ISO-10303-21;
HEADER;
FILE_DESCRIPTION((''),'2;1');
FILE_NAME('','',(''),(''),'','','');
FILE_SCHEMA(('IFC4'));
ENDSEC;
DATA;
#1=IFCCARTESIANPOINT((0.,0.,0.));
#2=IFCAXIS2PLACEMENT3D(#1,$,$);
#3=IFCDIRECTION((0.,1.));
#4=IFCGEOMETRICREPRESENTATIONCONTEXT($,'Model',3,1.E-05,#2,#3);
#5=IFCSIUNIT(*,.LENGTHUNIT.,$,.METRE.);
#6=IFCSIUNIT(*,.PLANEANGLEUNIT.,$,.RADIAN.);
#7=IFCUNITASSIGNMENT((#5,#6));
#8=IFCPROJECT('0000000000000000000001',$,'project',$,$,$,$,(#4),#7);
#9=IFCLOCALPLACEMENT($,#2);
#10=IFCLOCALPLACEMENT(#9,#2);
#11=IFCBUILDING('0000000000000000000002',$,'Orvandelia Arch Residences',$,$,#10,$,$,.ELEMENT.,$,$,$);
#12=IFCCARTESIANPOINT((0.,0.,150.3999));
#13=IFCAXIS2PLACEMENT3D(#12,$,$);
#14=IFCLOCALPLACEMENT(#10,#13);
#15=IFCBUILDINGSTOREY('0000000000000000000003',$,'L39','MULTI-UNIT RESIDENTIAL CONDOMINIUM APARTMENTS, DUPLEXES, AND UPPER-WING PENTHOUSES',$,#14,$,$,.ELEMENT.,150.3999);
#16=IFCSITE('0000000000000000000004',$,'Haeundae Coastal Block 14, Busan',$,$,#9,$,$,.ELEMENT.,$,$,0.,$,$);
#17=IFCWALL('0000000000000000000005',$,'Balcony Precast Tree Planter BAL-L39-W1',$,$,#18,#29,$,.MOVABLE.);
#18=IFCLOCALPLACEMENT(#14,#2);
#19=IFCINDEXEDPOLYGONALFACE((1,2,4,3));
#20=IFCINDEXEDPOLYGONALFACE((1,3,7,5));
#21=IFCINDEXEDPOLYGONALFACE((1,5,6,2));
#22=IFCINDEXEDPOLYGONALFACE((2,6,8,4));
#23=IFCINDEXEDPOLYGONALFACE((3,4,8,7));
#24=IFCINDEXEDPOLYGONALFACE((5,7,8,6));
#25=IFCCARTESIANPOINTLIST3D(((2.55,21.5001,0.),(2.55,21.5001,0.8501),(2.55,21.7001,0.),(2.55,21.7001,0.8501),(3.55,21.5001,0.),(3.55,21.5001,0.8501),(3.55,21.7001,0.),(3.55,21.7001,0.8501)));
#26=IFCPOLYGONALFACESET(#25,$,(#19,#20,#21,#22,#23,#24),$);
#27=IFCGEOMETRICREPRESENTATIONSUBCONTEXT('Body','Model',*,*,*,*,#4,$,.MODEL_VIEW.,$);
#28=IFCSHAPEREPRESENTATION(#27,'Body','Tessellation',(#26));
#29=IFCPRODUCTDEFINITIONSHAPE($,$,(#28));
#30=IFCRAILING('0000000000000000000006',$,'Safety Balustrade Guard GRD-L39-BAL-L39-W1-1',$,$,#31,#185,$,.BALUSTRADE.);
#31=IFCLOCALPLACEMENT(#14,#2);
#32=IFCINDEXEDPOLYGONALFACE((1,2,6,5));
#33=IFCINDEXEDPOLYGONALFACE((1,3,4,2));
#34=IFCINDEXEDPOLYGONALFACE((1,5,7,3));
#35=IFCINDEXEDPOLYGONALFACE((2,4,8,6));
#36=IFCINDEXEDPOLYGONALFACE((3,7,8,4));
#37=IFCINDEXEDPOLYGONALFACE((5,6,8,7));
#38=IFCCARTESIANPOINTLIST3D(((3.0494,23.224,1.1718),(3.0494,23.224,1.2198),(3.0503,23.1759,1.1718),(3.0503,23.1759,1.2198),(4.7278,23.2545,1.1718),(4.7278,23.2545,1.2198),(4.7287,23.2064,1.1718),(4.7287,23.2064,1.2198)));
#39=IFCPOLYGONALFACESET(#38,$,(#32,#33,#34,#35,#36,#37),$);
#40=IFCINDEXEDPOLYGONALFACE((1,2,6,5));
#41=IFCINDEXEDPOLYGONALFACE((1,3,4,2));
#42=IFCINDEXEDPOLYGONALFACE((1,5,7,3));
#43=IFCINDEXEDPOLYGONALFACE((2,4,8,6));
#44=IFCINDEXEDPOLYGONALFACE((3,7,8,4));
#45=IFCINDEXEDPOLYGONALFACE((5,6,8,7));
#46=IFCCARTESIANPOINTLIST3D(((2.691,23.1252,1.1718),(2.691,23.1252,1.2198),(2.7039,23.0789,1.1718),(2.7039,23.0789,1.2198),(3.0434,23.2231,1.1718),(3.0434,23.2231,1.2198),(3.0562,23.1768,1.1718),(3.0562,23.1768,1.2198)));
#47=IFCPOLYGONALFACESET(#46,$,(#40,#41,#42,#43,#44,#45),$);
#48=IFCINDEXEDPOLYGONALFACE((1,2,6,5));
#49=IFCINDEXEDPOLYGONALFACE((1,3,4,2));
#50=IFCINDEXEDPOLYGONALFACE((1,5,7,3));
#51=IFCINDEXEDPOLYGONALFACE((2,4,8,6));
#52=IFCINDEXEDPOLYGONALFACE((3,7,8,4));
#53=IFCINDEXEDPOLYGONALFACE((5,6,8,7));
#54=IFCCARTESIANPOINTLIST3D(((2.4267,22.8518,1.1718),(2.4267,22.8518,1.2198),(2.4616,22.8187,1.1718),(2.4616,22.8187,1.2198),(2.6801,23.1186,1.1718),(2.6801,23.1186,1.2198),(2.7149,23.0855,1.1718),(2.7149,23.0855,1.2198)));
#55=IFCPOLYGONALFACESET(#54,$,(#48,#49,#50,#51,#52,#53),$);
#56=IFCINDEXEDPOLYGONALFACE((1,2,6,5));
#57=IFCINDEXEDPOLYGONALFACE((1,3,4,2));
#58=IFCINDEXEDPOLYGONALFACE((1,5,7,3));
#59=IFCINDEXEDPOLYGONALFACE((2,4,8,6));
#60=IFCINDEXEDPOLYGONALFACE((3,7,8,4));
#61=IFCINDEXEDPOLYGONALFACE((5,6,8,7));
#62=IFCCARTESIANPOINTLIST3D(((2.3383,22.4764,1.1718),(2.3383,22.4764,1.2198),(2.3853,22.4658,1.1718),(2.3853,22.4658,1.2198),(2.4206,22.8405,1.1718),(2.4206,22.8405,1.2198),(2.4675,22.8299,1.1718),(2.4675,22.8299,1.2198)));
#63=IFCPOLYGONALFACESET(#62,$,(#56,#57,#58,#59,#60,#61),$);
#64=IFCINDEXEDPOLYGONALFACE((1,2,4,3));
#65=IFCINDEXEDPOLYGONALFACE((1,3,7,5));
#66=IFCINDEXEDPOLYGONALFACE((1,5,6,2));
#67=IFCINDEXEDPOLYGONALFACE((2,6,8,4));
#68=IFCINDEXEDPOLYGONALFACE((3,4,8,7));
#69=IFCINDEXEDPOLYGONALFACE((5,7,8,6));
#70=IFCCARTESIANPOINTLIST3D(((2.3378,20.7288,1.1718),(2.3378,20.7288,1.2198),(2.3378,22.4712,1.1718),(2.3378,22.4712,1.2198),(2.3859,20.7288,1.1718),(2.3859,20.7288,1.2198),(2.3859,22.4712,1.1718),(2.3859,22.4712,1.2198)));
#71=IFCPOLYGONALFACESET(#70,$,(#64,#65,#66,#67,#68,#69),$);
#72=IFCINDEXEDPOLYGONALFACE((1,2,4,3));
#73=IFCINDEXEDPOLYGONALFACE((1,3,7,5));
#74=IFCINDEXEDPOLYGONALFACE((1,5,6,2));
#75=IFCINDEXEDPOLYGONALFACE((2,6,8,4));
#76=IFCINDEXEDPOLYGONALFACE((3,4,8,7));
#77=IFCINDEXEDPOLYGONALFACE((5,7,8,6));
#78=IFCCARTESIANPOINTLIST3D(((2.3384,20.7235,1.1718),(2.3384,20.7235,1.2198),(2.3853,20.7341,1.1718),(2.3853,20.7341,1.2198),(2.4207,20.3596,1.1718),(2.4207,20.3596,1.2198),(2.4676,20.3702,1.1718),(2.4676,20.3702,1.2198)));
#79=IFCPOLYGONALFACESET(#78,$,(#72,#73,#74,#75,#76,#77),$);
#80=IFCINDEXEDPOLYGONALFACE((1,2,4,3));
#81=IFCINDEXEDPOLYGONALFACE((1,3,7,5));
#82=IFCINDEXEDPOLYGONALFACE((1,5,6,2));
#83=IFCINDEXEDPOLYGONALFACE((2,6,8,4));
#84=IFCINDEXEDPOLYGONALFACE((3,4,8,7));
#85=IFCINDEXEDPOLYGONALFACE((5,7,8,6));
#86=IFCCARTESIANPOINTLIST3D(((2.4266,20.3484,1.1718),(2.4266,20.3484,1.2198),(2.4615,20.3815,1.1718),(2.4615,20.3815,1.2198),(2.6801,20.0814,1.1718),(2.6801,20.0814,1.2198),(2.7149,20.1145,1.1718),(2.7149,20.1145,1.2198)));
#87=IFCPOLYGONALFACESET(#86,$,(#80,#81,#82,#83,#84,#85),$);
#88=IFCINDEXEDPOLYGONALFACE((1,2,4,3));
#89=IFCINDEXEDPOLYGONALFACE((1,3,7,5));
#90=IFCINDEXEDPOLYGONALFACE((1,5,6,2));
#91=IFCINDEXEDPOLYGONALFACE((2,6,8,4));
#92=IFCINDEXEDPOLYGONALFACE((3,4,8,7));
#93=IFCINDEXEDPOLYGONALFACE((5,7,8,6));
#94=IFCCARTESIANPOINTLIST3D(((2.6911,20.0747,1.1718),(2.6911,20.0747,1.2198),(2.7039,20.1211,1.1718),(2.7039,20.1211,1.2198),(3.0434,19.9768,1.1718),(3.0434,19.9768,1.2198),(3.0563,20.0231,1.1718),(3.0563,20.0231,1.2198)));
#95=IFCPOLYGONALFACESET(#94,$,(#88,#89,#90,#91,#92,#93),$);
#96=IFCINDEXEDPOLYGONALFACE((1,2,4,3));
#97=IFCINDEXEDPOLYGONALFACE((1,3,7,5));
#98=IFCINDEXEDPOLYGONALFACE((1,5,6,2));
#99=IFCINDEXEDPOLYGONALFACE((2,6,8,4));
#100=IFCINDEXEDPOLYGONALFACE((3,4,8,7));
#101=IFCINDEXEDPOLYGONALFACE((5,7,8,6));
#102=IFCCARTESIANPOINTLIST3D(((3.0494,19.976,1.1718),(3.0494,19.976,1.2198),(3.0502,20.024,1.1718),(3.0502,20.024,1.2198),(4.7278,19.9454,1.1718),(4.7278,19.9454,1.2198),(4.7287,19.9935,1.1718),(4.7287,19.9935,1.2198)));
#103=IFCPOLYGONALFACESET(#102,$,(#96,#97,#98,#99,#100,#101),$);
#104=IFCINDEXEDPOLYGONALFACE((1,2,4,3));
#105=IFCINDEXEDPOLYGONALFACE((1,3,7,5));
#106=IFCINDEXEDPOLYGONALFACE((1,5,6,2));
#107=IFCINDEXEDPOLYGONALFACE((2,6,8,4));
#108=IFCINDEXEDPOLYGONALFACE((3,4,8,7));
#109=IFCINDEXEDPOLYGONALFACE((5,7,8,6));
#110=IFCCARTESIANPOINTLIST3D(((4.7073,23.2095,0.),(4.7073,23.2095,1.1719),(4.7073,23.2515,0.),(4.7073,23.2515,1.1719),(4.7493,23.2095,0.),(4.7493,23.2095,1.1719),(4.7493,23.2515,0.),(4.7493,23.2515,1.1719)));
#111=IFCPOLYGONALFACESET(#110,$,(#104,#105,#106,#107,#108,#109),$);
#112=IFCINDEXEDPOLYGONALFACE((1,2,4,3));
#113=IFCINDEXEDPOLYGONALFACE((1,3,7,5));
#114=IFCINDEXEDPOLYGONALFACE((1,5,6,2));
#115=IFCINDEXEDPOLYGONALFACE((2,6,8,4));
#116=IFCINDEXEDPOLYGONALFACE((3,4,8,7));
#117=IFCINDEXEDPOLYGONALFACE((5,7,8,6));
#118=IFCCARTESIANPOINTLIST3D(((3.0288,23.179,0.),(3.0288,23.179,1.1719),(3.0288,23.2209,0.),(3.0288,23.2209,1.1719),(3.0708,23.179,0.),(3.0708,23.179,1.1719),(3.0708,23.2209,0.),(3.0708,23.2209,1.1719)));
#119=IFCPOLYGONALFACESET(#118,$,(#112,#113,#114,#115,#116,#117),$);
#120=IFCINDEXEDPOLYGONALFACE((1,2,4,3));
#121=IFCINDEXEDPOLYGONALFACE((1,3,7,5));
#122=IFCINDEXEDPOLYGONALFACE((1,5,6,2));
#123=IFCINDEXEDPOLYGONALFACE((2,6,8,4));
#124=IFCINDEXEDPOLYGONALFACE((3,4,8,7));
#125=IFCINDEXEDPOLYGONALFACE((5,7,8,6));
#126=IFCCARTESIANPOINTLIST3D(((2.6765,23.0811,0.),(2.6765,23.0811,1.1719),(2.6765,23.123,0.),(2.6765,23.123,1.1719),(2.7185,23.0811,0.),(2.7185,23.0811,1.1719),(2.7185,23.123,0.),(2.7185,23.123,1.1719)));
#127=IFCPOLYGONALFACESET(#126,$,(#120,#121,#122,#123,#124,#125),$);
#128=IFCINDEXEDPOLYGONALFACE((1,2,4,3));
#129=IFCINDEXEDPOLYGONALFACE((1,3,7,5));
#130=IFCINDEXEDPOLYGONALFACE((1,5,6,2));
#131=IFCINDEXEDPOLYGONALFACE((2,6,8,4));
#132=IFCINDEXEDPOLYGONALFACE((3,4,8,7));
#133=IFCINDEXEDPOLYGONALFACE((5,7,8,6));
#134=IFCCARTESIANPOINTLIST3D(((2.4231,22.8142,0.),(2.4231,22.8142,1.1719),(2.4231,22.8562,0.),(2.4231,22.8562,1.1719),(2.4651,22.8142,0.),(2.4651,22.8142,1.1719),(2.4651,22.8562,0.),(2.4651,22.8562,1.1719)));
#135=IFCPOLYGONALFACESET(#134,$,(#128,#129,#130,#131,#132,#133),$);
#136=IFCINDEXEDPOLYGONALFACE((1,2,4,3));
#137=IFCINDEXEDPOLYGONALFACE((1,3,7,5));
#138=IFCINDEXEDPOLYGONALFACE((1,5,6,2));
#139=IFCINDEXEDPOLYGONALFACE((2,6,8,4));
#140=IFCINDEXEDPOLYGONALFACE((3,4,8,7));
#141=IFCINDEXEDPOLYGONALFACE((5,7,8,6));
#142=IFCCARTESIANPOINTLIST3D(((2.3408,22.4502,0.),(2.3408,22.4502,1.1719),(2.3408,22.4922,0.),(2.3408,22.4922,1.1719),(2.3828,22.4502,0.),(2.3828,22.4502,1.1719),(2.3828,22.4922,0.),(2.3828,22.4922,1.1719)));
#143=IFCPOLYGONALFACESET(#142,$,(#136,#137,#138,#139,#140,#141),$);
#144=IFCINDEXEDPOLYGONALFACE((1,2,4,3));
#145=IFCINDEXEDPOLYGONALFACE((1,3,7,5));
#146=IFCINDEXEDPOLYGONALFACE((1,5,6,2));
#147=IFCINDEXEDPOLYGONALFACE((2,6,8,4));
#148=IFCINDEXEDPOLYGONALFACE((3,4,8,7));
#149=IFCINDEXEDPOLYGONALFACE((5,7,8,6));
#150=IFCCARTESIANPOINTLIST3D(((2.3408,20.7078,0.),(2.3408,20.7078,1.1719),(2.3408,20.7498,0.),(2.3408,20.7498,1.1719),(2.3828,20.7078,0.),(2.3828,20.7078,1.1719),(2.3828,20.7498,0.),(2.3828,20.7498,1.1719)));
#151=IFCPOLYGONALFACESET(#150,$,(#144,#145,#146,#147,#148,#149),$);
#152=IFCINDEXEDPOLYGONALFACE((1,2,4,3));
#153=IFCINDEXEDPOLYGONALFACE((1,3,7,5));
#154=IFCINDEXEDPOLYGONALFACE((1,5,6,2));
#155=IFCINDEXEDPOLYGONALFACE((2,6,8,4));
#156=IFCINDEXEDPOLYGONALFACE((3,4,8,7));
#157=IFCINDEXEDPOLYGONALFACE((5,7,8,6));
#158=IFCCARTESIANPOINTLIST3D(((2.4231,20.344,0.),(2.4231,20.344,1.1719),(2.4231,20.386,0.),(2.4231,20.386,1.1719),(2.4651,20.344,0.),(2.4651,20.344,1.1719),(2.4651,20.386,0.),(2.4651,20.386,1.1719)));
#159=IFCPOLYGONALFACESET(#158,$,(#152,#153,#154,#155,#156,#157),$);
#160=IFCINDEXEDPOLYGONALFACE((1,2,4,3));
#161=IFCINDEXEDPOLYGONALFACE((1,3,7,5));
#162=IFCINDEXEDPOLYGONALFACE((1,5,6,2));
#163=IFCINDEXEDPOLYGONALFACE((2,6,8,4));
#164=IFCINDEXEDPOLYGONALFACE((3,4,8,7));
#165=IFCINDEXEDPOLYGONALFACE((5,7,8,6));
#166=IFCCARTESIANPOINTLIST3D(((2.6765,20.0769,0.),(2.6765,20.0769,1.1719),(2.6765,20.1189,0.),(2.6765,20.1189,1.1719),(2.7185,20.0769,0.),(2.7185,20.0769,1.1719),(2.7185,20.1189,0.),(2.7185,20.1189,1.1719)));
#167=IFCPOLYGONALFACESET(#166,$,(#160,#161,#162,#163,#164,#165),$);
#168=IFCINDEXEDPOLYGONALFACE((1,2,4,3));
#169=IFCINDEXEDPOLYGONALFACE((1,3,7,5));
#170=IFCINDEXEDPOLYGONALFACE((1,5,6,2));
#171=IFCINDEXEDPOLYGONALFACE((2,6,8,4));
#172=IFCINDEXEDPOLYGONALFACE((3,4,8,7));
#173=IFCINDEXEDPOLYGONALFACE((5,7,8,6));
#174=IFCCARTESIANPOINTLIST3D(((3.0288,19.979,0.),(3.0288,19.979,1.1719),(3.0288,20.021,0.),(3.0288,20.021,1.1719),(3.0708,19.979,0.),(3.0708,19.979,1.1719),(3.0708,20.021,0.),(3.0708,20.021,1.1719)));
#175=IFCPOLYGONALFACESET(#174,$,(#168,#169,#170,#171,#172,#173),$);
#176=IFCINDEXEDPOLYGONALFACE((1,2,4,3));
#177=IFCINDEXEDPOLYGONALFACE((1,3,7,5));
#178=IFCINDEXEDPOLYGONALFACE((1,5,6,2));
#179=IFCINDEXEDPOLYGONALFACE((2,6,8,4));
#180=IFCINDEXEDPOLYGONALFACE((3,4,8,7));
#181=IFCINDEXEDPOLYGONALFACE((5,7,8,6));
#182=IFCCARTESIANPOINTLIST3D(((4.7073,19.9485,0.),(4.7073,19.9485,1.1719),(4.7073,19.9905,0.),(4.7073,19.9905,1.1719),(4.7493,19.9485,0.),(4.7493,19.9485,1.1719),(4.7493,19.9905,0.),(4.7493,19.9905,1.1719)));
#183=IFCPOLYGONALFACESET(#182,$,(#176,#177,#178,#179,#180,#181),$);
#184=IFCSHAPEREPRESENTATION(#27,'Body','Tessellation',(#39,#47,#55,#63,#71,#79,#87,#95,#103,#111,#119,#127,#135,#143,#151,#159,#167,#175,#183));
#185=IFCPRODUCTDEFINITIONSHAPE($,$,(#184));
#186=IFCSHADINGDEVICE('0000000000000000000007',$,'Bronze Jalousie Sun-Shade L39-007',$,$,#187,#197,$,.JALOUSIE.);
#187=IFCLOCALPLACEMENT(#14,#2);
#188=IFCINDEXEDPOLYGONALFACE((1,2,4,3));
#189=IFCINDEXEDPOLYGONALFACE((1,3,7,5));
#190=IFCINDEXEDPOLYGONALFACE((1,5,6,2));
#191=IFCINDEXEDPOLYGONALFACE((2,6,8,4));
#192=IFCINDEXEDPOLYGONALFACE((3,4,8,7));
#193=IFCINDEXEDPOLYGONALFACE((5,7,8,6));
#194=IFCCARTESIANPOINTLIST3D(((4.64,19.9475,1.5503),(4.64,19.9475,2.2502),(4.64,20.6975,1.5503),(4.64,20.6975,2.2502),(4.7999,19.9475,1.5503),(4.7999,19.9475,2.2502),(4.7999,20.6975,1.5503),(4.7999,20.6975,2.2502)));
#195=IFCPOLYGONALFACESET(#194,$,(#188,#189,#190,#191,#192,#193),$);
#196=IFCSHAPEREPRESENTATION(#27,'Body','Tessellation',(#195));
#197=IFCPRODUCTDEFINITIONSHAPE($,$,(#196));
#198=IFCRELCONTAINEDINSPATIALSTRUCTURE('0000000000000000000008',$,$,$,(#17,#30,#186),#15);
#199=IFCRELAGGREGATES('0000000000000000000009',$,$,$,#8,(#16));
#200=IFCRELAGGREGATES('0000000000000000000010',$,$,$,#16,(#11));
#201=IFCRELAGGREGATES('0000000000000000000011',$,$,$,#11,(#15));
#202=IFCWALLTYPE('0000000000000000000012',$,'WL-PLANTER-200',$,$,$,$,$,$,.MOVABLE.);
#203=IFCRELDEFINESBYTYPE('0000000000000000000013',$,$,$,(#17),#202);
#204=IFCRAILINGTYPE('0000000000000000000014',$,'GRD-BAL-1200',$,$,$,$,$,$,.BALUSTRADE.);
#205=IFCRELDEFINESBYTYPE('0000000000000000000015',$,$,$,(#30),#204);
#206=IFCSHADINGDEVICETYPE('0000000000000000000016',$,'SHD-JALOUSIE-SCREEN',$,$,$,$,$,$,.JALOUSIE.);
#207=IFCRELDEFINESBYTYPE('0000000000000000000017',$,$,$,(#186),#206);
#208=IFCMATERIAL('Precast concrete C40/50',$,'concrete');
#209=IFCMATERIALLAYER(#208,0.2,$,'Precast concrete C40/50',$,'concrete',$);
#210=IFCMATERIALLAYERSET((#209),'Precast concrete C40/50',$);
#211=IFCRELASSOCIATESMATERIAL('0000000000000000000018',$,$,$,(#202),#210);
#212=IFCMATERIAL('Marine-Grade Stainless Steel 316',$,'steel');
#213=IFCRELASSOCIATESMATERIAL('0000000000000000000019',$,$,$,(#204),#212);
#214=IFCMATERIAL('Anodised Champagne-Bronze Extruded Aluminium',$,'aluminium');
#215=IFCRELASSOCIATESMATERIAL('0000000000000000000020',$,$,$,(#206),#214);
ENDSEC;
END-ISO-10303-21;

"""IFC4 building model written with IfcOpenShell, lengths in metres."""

from ifc_helpers import new_model, si_unit, direction, frame, frame_2d, origin, origin_2d, place, context, subcontext, project, spatial, rectangle, extrude, material, layer, layer_set, type_object, element, save


model = new_model("IFC4")

# Units and contexts
model_context = context("Model", 3, precision=1e-05, world=origin(), true_north=direction((0.0, 1.0)))
body_context = subcontext(model_context, "Body", "Model", "MODEL_VIEW")
ifc_project = project(units=[si_unit("LENGTHUNIT", "METRE"), si_unit("PLANEANGLEUNIT", "RADIAN")], contexts=[model_context])

# Site, building, storey
site_placement = place(None, origin())
site = spatial("IfcSite", under=ifc_project, at=site_placement, Name="Haeundae Coastal Block 14, Busan", CompositionType="ELEMENT", RefElevation=0.0)
building_placement = place(site_placement, origin())
building = spatial("IfcBuilding", under=site, at=building_placement, Name="Orvandelia Arch Residences", CompositionType="ELEMENT")
storey_placement = place(building_placement, frame((0.0, 0.0, 150.3999)))
storey = spatial("IfcBuildingStorey", under=building, at=storey_placement, Name="L39", Description="MULTI-UNIT RESIDENTIAL CONDOMINIUM APARTMENTS, DUPLEXES, AND UPPER-WING PENTHOUSES", CompositionType="ELEMENT", Elevation=150.3999)

# Wall
ifc_material_1 = material(Name="Precast concrete C40/50", Category="concrete")
ifc_layer_1 = layer(ifc_material_1, 0.2, Name="Precast concrete C40/50", Category="concrete")
ifc_layer_set_1 = layer_set([ifc_layer_1], Name="Precast concrete C40/50")
wall_type_1 = type_object("IfcWallType", Name="WL-PLANTER-200", PredefinedType="MOVABLE", material=ifc_layer_set_1)
wall_1_placement = place(storey_placement, frame((2.55, 21.6001, 0.0), z_axis=(0.0, 0.0, 1.0), x_axis=(1.0, 0.0, 0.0)))
element("IfcWall", 1, at=wall_1_placement, inside=storey, type_object=wall_type_1, Name="Balcony Precast Tree Planter BAL-L39-W1", PredefinedType="MOVABLE", context=body_context, shape_type="SweptSolid", body=[
    extrude(rectangle(XDim=1.0, YDim=0.2, at=frame_2d((0.5, 0.0))), origin(), (0.0, 0.0, 1.0), 0.8501),
])

# Railing
ifc_material_2 = material(Name="Marine-Grade Stainless Steel 316", Category="steel")
railing_type = type_object("IfcRailingType", Name="GRD-BAL-1200", PredefinedType="BALUSTRADE", material=ifc_material_2)
railing_placement = place(storey_placement, frame((4.7283, 23.2305, 0.0)))
element("IfcRailing", 2, at=railing_placement, inside=storey, type_object=railing_type, Name="Safety Balustrade Guard GRD-L39-BAL-L39-W1-1", PredefinedType="BALUSTRADE", context=body_context, shape_type="SweptSolid", body=[
    extrude(rectangle(XDim=0.0481, YDim=0.0481, at=origin_2d()), frame((0.0, 0.0, 1.1958), z_axis=(-0.999835, -0.018179, 0.0), x_axis=(0.018179, -0.999835, 0.0)), (0.0, 0.0, 1.0), 1.6787),
    extrude(rectangle(XDim=0.0481, YDim=0.0481, at=origin_2d()), frame((-1.6785, -0.0305, 1.1958), z_axis=(-0.963489, -0.267747, 0.0), x_axis=(0.267747, -0.963489, 0.0)), (0.0, 0.0, 1.0), 0.3657),
    extrude(rectangle(XDim=0.0481, YDim=0.0481, at=origin_2d()), frame((-2.0308, -0.1284, 1.1958), z_axis=(-0.688627, -0.725115, 0.0), x_axis=(0.725115, -0.688627, 0.0)), (0.0, 0.0, 1.0), 0.3679),
    extrude(rectangle(XDim=0.0481, YDim=0.0481, at=origin_2d()), frame((-2.2842, -0.3953, 1.1958), z_axis=(-0.220462, -0.975396, 0.0), x_axis=(0.975396, -0.220462, 0.0)), (0.0, 0.0, 1.0), 0.3733),
    extrude(rectangle(XDim=0.0481, YDim=0.0481, at=origin_2d()), frame((-2.3665, -0.7593, 1.1958), z_axis=(0.0, -1.0, 0.0), x_axis=(1.0, 0.0, 0.0)), (0.0, 0.0, 1.0), 1.7424),
    extrude(rectangle(XDim=0.0481, YDim=0.0481, at=origin_2d()), frame((-2.3665, -2.5017, 1.1958), z_axis=(0.220602, -0.975364, 0.0), x_axis=(0.975364, 0.220602, 0.0)), (0.0, 0.0, 1.0), 0.373),
    extrude(rectangle(XDim=0.0481, YDim=0.0481, at=origin_2d()), frame((-2.2842, -2.8655, 1.1958), z_axis=(0.688296, -0.72543, 0.0), x_axis=(0.72543, 0.688296, 0.0)), (0.0, 0.0, 1.0), 0.3682),
    extrude(rectangle(XDim=0.0481, YDim=0.0481, at=origin_2d()), frame((-2.0308, -3.1326, 1.1958), z_axis=(0.963489, -0.267747, 0.0), x_axis=(0.267747, 0.963489, 0.0)), (0.0, 0.0, 1.0), 0.3657),
    extrude(rectangle(XDim=0.0481, YDim=0.0481, at=origin_2d()), frame((-1.6785, -3.2305, 1.1958), z_axis=(0.999835, -0.018179, 0.0), x_axis=(0.018179, 0.999835, 0.0)), (0.0, 0.0, 1.0), 1.6787),
    extrude(rectangle(XDim=0.042, YDim=0.042, at=origin_2d()), origin(), (0.0, 0.0, 1.0), 1.1719),
    extrude(rectangle(XDim=0.042, YDim=0.042, at=origin_2d()), frame((-1.6785, -0.0305, 0.0)), (0.0, 0.0, 1.0), 1.1719),
    extrude(rectangle(XDim=0.042, YDim=0.042, at=origin_2d()), frame((-2.0308, -0.1284, 0.0)), (0.0, 0.0, 1.0), 1.1719),
    extrude(rectangle(XDim=0.042, YDim=0.042, at=origin_2d()), frame((-2.2842, -0.3953, 0.0)), (0.0, 0.0, 1.0), 1.1719),
    extrude(rectangle(XDim=0.042, YDim=0.042, at=origin_2d()), frame((-2.3665, -0.7593, 0.0)), (0.0, 0.0, 1.0), 1.1719),
    extrude(rectangle(XDim=0.042, YDim=0.042, at=origin_2d()), frame((-2.3665, -2.5017, 0.0)), (0.0, 0.0, 1.0), 1.1719),
    extrude(rectangle(XDim=0.042, YDim=0.042, at=origin_2d()), frame((-2.2842, -2.8655, 0.0)), (0.0, 0.0, 1.0), 1.1719),
    extrude(rectangle(XDim=0.042, YDim=0.042, at=origin_2d()), frame((-2.0308, -3.1326, 0.0)), (0.0, 0.0, 1.0), 1.1719),
    extrude(rectangle(XDim=0.042, YDim=0.042, at=origin_2d()), frame((-1.6785, -3.2305, 0.0)), (0.0, 0.0, 1.0), 1.1719),
    extrude(rectangle(XDim=0.042, YDim=0.042, at=origin_2d()), frame((0.0, -3.261, 0.0)), (0.0, 0.0, 1.0), 1.1719),
])

# Shading device
ifc_material_3 = material(Name="Anodised Champagne-Bronze Extruded Aluminium", Category="aluminium")
shading_device_type = type_object("IfcShadingDeviceType", Name="SHD-JALOUSIE-SCREEN", PredefinedType="JALOUSIE", material=ifc_material_3)
shading_device_placement = place(storey_placement, frame((4.72, 20.3225, 1.5503), z_axis=(0.0, 0.0, 1.0), x_axis=(0.0, 1.0, 0.0)))
element("IfcShadingDevice", 3, at=shading_device_placement, inside=storey, type_object=shading_device_type, Name="Bronze Jalousie Sun-Shade L39-007", PredefinedType="JALOUSIE", context=body_context, shape_type="SweptSolid", body=[
    extrude(rectangle(XDim=0.75, YDim=0.1599, at=origin_2d()), origin(), (0.0, 0.0, 1.0), 0.7),
])

save(model, "model.ifc")
